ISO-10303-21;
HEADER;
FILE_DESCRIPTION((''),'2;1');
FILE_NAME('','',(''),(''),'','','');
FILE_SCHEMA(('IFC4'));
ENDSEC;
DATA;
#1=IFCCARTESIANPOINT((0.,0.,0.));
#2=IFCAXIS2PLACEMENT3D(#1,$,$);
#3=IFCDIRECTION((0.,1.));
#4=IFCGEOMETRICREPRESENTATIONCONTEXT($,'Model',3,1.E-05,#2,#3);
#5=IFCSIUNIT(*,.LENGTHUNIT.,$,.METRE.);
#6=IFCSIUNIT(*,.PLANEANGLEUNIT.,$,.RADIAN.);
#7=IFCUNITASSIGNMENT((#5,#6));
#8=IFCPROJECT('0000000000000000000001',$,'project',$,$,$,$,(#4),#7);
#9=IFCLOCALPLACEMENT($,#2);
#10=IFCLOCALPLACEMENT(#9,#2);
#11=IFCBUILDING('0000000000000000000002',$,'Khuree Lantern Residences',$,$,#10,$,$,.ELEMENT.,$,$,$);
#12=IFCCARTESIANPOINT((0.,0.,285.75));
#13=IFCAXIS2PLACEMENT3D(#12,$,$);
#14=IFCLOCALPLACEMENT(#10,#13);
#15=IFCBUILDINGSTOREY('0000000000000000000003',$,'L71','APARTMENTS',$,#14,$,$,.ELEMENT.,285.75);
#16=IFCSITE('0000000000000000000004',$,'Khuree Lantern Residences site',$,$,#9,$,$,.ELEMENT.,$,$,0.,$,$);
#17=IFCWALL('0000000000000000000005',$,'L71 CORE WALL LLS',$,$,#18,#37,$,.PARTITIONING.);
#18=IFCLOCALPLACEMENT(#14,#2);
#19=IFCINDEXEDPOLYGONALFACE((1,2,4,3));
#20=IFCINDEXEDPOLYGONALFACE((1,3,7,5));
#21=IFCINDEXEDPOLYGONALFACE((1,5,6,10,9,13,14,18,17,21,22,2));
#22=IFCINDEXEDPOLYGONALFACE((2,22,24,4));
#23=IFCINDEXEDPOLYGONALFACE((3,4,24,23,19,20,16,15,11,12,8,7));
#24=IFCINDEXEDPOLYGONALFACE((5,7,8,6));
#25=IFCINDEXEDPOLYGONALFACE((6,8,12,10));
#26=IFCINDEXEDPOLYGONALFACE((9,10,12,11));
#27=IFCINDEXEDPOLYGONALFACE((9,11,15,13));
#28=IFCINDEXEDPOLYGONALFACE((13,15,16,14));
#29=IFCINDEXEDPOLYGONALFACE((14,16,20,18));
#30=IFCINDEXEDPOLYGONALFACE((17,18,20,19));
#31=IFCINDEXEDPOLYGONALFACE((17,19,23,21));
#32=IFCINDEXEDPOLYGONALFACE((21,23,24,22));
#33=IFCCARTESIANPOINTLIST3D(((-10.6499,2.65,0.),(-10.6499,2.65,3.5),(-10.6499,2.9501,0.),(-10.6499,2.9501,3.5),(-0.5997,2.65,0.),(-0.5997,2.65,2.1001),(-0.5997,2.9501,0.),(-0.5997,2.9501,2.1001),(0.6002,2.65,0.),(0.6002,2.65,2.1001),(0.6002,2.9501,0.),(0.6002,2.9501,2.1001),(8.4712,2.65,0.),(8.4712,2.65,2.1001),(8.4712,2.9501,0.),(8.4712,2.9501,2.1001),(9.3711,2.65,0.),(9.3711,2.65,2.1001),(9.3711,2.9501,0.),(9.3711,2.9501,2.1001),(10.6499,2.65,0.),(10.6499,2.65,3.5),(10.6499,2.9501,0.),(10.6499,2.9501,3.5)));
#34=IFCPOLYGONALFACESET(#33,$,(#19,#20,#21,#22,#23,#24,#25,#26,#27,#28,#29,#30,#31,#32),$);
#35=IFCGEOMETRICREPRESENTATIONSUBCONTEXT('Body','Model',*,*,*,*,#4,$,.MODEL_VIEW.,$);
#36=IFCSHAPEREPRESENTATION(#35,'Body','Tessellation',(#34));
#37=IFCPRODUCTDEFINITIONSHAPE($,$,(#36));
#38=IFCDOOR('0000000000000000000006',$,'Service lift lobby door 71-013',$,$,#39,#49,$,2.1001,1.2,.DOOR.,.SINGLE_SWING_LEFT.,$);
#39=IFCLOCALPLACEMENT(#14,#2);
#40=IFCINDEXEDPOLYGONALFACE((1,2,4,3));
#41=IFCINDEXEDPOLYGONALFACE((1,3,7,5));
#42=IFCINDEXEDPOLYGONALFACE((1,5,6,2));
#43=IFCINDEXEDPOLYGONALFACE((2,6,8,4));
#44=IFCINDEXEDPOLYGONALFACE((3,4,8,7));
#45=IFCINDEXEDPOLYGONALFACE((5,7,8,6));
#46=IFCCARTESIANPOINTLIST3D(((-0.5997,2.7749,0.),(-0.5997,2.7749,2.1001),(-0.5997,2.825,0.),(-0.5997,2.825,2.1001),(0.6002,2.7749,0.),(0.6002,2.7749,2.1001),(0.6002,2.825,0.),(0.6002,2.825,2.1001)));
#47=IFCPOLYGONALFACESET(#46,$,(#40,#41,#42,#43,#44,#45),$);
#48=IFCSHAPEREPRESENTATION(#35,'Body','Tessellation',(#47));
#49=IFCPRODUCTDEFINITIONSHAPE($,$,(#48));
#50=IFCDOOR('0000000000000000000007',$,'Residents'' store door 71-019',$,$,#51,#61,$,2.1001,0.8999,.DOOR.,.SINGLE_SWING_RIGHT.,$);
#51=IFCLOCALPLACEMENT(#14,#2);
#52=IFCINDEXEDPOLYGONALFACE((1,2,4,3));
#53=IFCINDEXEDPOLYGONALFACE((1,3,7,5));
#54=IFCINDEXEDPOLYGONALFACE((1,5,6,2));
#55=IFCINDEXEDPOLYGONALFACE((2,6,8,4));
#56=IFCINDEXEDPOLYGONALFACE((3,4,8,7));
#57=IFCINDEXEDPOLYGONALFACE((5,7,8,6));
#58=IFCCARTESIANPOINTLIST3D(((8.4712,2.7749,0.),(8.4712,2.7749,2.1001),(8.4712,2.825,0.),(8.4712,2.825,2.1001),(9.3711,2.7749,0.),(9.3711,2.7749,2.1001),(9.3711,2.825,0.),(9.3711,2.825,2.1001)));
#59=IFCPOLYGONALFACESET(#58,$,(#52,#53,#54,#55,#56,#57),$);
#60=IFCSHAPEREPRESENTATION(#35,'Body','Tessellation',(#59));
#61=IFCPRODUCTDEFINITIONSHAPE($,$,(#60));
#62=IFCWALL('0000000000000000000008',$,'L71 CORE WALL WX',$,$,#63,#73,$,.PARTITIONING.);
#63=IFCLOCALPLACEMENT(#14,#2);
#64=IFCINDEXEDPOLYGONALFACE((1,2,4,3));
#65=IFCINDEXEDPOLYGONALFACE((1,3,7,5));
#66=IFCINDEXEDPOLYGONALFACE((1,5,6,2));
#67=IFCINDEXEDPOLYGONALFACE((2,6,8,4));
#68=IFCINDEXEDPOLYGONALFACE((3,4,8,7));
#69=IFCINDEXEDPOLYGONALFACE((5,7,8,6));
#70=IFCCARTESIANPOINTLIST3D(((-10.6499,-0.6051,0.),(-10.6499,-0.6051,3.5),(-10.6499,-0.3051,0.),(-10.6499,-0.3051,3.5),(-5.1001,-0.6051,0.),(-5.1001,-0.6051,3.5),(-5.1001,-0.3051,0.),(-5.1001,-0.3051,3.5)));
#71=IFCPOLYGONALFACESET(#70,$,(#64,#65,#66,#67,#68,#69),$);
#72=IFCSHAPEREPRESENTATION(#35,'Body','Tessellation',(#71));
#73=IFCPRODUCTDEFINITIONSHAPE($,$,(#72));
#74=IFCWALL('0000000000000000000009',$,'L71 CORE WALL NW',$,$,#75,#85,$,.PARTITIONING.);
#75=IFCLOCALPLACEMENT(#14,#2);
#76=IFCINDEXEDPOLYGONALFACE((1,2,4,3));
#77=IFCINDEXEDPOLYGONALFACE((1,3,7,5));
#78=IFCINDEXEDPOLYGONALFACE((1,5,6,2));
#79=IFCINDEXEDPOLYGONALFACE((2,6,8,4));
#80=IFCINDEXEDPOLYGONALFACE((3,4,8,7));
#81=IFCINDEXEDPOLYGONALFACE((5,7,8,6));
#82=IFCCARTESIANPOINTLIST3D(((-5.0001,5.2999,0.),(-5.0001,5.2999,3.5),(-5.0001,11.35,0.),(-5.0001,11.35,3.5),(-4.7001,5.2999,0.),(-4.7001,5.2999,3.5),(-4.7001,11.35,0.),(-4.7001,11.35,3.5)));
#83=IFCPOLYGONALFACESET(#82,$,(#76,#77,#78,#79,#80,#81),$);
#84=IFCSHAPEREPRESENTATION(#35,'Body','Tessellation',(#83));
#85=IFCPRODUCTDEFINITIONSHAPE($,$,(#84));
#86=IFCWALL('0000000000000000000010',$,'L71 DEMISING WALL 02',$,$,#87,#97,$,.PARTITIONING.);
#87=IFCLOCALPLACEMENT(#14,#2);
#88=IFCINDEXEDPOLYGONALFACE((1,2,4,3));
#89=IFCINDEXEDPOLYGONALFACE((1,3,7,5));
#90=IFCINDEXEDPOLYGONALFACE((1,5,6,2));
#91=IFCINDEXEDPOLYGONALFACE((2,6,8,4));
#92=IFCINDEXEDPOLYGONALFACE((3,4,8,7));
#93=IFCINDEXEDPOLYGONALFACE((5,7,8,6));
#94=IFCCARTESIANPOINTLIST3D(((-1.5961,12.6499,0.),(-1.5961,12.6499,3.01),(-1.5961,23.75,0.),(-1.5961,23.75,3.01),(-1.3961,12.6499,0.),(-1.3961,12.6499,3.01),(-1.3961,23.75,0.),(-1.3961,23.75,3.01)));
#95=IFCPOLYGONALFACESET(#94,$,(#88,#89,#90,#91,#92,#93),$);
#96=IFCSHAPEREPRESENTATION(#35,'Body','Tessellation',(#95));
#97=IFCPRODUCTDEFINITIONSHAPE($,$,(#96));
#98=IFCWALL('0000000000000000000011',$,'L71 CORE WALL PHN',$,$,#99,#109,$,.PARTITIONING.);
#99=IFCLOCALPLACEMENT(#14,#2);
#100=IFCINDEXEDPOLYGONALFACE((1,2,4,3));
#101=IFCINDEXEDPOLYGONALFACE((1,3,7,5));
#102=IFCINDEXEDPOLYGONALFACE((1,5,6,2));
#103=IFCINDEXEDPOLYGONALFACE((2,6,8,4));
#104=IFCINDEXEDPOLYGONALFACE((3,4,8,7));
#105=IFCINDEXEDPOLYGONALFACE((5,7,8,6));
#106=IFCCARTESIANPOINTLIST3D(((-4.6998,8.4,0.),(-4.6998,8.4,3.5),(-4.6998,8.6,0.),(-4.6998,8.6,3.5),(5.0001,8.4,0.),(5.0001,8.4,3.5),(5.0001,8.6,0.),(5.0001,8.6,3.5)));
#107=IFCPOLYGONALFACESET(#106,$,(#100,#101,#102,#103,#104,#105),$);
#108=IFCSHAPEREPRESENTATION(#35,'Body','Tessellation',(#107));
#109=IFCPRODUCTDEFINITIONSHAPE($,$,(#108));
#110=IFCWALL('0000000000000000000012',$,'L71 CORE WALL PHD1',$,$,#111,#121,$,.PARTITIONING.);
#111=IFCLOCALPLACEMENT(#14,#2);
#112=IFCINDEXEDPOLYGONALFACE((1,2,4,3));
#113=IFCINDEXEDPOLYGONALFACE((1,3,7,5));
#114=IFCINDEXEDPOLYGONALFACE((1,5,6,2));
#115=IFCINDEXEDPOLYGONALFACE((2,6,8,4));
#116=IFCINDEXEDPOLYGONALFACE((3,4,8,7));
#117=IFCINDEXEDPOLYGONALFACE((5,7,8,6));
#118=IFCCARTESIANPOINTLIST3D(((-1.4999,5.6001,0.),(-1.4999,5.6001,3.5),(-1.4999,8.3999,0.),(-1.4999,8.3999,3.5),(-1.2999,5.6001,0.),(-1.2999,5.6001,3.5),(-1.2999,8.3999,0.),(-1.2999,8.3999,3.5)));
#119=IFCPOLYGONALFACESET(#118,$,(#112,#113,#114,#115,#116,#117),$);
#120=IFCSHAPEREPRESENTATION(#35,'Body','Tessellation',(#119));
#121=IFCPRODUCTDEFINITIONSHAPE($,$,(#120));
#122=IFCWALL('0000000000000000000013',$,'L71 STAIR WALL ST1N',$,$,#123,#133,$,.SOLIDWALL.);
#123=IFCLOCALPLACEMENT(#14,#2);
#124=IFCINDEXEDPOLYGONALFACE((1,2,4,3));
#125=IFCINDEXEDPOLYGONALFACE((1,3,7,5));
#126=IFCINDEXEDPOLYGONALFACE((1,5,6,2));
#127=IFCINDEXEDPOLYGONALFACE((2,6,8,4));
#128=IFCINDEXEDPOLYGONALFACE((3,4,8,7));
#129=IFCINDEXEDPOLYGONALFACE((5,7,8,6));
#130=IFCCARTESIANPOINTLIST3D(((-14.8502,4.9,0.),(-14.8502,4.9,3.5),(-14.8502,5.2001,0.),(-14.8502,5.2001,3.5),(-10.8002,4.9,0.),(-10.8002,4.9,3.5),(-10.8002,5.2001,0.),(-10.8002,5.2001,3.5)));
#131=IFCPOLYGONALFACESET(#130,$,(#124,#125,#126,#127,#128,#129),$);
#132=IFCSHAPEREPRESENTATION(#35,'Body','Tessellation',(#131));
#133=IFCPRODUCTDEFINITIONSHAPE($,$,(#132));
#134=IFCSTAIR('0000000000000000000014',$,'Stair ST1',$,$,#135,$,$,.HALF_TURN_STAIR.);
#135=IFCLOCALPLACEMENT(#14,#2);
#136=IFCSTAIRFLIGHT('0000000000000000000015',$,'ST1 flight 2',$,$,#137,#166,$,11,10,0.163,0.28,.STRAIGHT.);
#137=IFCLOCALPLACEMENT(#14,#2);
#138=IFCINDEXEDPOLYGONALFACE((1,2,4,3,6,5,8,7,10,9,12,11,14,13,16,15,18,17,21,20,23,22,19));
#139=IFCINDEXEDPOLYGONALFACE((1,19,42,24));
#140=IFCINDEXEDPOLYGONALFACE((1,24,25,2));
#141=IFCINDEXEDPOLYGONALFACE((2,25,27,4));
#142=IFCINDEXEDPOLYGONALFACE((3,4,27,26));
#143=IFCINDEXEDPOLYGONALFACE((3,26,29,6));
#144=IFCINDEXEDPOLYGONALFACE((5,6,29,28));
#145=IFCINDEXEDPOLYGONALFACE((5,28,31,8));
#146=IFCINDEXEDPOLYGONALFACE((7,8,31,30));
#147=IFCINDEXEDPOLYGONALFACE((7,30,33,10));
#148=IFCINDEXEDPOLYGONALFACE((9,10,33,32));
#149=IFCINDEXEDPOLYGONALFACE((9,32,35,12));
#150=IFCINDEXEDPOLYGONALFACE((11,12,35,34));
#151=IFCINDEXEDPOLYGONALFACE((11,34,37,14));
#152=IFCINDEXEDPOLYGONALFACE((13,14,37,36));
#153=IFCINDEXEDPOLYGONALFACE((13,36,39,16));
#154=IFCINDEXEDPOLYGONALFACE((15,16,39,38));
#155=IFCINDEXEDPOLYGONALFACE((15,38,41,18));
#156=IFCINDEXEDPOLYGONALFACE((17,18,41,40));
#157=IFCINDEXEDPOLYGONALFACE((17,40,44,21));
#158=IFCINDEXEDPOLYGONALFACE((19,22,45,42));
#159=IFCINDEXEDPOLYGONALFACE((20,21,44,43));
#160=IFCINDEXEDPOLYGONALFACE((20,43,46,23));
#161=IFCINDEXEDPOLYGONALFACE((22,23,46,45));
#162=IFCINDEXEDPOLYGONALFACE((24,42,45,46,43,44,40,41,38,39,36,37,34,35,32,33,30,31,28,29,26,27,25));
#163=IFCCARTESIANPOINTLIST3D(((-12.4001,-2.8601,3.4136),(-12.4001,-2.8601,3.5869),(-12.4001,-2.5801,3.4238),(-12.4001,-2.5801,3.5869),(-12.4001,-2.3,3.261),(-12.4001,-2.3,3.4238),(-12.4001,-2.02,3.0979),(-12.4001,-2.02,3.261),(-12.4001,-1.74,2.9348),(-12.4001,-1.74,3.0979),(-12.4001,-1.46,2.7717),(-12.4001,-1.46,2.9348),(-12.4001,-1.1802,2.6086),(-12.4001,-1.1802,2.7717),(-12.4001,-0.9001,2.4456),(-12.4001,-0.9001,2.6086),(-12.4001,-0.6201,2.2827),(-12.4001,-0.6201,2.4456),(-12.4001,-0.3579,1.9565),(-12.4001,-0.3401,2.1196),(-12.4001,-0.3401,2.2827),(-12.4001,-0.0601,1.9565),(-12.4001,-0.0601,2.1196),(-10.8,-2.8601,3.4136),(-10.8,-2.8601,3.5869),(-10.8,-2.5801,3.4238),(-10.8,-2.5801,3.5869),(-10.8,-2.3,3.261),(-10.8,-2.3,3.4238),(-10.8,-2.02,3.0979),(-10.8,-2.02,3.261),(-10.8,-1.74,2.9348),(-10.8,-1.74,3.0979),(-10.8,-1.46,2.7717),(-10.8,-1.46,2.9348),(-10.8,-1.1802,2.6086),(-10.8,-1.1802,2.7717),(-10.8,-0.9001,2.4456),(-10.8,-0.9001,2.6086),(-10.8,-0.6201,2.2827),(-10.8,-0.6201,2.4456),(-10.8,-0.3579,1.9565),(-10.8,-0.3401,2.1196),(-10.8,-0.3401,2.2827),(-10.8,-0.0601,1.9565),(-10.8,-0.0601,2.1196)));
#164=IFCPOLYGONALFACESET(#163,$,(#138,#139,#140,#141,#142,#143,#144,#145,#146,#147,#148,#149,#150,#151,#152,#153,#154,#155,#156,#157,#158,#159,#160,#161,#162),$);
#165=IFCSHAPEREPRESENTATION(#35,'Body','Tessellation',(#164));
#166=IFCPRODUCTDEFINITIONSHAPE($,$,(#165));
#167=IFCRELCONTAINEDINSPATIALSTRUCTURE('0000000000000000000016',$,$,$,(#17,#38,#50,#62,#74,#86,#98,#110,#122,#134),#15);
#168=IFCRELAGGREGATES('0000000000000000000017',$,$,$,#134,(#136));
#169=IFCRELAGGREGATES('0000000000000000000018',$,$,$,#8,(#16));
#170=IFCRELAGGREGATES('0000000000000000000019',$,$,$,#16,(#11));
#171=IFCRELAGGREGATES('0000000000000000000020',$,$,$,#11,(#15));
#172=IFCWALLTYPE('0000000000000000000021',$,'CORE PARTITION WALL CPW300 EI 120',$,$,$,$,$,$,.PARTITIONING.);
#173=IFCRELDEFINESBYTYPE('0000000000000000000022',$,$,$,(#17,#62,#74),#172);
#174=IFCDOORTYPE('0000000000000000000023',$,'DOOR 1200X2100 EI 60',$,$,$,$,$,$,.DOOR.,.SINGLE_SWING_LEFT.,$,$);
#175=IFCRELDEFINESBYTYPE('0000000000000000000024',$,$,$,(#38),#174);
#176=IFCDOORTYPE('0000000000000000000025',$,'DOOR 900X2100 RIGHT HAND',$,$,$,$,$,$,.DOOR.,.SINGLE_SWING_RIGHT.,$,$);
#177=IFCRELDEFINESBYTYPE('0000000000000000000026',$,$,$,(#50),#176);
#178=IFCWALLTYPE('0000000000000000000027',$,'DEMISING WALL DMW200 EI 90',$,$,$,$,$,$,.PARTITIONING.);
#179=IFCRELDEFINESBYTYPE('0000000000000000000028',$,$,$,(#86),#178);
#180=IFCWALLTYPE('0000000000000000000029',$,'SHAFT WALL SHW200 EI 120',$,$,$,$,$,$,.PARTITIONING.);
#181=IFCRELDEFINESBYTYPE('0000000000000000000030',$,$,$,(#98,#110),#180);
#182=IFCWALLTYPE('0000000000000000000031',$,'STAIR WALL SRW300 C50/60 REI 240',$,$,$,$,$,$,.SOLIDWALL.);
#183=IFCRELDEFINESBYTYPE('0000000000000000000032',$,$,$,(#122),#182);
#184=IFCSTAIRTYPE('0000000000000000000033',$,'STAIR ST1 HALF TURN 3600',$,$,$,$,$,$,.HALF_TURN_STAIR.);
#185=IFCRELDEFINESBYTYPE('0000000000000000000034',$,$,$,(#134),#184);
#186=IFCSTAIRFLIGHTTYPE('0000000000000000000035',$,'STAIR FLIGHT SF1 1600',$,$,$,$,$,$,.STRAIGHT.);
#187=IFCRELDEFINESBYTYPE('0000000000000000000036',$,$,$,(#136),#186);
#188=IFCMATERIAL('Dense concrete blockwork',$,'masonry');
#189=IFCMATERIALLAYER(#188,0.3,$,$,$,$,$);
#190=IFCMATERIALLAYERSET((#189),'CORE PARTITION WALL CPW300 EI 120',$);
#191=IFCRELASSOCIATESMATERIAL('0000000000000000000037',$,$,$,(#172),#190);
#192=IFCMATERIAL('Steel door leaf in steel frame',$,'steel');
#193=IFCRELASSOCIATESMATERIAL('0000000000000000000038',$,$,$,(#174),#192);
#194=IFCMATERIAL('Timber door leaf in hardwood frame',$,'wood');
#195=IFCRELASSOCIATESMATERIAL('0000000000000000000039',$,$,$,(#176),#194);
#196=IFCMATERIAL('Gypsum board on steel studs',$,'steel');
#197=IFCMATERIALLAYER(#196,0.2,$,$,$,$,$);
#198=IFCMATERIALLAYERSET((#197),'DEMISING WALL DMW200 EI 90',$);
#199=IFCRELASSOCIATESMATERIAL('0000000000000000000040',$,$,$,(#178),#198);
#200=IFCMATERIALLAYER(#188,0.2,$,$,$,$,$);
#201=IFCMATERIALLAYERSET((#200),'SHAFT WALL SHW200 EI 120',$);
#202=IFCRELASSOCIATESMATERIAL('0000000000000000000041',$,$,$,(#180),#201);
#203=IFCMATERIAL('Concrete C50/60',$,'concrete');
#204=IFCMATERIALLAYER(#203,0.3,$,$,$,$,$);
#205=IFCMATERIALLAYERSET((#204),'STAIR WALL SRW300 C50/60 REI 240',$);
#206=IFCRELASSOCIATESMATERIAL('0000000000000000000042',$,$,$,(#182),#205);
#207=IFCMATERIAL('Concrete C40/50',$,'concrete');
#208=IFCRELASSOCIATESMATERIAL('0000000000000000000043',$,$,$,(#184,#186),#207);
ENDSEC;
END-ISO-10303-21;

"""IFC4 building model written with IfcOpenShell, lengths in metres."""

from ifc_helpers import new_model, si_unit, direction, frame, frame_2d, origin, place, context, subcontext, project, spatial, polyline, rectangle, outline, extrude, material, layer, layer_set, type_object, element, fill, aggregate, save


model = new_model("IFC4")

# Units and contexts
model_context = context("Model", 3, precision=1e-05, world=origin(), true_north=direction((0.0, 1.0)))
body_context = subcontext(model_context, "Body", "Model", "MODEL_VIEW")
ifc_project = project(units=[si_unit("LENGTHUNIT", "METRE"), si_unit("PLANEANGLEUNIT", "RADIAN")], contexts=[model_context])

# Site, building, storey
site_placement = place(None, origin())
site = spatial("IfcSite", under=ifc_project, at=site_placement, Name="Khuree Lantern Residences site", CompositionType="ELEMENT", RefElevation=0.0)
building_placement = place(site_placement, origin())
building = spatial("IfcBuilding", under=site, at=building_placement, Name="Khuree Lantern Residences", CompositionType="ELEMENT")
storey_placement = place(building_placement, frame((0.0, 0.0, 285.75)))
storey = spatial("IfcBuildingStorey", under=building, at=storey_placement, Name="L71", Description="APARTMENTS", CompositionType="ELEMENT", Elevation=285.75)

# Shared definitions
ifc_material_1 = material(Name="Timber door leaf in hardwood frame", Category="wood")

# Shared definitions
ifc_material_2 = material(Name="Dense concrete blockwork", Category="masonry")
ifc_layer_1 = layer(ifc_material_2, 0.3)
ifc_layer_set_1 = layer_set([ifc_layer_1], Name="CORE PARTITION WALL CPW300 EI 120")
wall_type_1 = type_object("IfcWallType", Name="CORE PARTITION WALL CPW300 EI 120", PredefinedType="PARTITIONING", material=ifc_layer_set_1)

# Wall, openings, doors
wall_1_placement = place(storey_placement, frame((-10.6499, 2.8, 0.0), z_axis=(0.0, 0.0, 1.0), x_axis=(1.0, 0.0, 0.0)))
wall_1 = element("IfcWall", 1, at=wall_1_placement, inside=storey, type_object=wall_type_1, Name="L71 CORE WALL LLS", PredefinedType="PARTITIONING", context=body_context, shape_type="SweptSolid", body=[
    extrude(rectangle(XDim=21.2998, YDim=0.3, at=frame_2d((10.6499, 0.0))), origin(), (0.0, 0.0, 1.0), 3.5),
])
opening_1_placement = place(wall_1_placement, frame((10.05, 0.0, 0.0)))
opening_1 = element("IfcOpeningElement", 2, at=opening_1_placement, cuts=wall_1, PredefinedType="OPENING", context=body_context, shape_type="SweptSolid", body=[
    extrude(rectangle(XDim=1.2, YDim=2.1001, at=frame_2d((0.6001, 1.05))), frame((0.0, 0.1602, 0.0), z_axis=(0.0, -1.0, 0.0), x_axis=(1.0, 0.0, 0.0)), (0.0, 0.0, 1.0), 0.3201),
])
opening_2_placement = place(wall_1_placement, frame((19.1211, 0.0, 0.0)))
opening_2 = element("IfcOpeningElement", 3, at=opening_2_placement, cuts=wall_1, PredefinedType="OPENING", context=body_context, shape_type="SweptSolid", body=[
    extrude(rectangle(XDim=0.8999, YDim=2.1001, at=frame_2d((0.45, 1.05))), frame((0.0, 0.1602, 0.0), z_axis=(0.0, -1.0, 0.0), x_axis=(1.0, 0.0, 0.0)), (0.0, 0.0, 1.0), 0.3201),
])
ifc_material_3 = material(Name="Steel door leaf in steel frame", Category="steel")
door_type_1 = type_object("IfcDoorType", Name="DOOR 1200X2100 EI 60", OperationType="SINGLE_SWING_LEFT", PredefinedType="DOOR", material=ifc_material_3)
door_1_placement = place(opening_1_placement, origin())
door_1 = element("IfcDoor", 4, at=door_1_placement, inside=storey, type_object=door_type_1, Name="Service lift lobby door 71-013", OperationType="SINGLE_SWING_LEFT", OverallHeight=2.1001, OverallWidth=1.2, PredefinedType="DOOR", context=body_context, shape_type="SweptSolid", body=[
    extrude(rectangle(XDim=1.2, YDim=2.1001, at=frame_2d((0.6001, 1.05))), frame((0.0, 0.0249, 0.0), z_axis=(0.0, -1.0, 0.0), x_axis=(1.0, 0.0, 0.0)), (0.0, 0.0, 1.0), 0.05),
])
fill(opening_1, door_1)
door_type_2 = type_object("IfcDoorType", Name="DOOR 900X2100 RIGHT HAND", OperationType="SINGLE_SWING_RIGHT", PredefinedType="DOOR", material=ifc_material_1)
door_2_placement = place(opening_2_placement, origin())
door_2 = element("IfcDoor", 5, at=door_2_placement, inside=storey, type_object=door_type_2, Name="Residents' store door 71-019", OperationType="SINGLE_SWING_RIGHT", OverallHeight=2.1001, OverallWidth=0.8999, PredefinedType="DOOR", context=body_context, shape_type="SweptSolid", body=[
    extrude(rectangle(XDim=0.8999, YDim=2.1001, at=frame_2d((0.45, 1.05))), frame((0.0, 0.0249, 0.0), z_axis=(0.0, -1.0, 0.0), x_axis=(1.0, 0.0, 0.0)), (0.0, 0.0, 1.0), 0.05),
])
fill(opening_2, door_2)

# Walls
wall_2_placement = place(storey_placement, frame((-10.6499, -0.4551, 0.0), z_axis=(0.0, 0.0, 1.0), x_axis=(1.0, 0.0, 0.0)))
element("IfcWall", 6, at=wall_2_placement, inside=storey, type_object=wall_type_1, Name="L71 CORE WALL WX", PredefinedType="PARTITIONING", context=body_context, shape_type="SweptSolid", body=[
    extrude(rectangle(XDim=5.5498, YDim=0.3, at=frame_2d((2.7749, 0.0))), origin(), (0.0, 0.0, 1.0), 3.5),
])
wall_3_placement = place(storey_placement, frame((-4.8501, 5.3, 0.0), z_axis=(0.0, 0.0, 1.0), x_axis=(0.0, 1.0, 0.0)))
element("IfcWall", 7, at=wall_3_placement, inside=storey, type_object=wall_type_1, Name="L71 CORE WALL NW", PredefinedType="PARTITIONING", context=body_context, shape_type="SweptSolid", body=[
    extrude(rectangle(XDim=6.05, YDim=0.3, at=frame_2d((3.0249, 0.0))), origin(), (0.0, 0.0, 1.0), 3.5),
])
ifc_material_4 = material(Name="Gypsum board on steel studs", Category="steel")
ifc_layer_2 = layer(ifc_material_4, 0.2)
ifc_layer_set_2 = layer_set([ifc_layer_2], Name="DEMISING WALL DMW200 EI 90")
wall_type_2 = type_object("IfcWallType", Name="DEMISING WALL DMW200 EI 90", PredefinedType="PARTITIONING", material=ifc_layer_set_2)
wall_4_placement = place(storey_placement, frame((-1.4961, 12.6499, 0.0), z_axis=(0.0, 0.0, 1.0), x_axis=(0.0, 1.0, 0.0)))
element("IfcWall", 8, at=wall_4_placement, inside=storey, type_object=wall_type_2, Name="L71 DEMISING WALL 02", PredefinedType="PARTITIONING", context=body_context, shape_type="SweptSolid", body=[
    extrude(rectangle(XDim=11.1001, YDim=0.2, at=frame_2d((5.55, 0.0))), origin(), (0.0, 0.0, 1.0), 3.01),
])
ifc_layer_3 = layer(ifc_material_2, 0.2)
ifc_layer_set_3 = layer_set([ifc_layer_3], Name="SHAFT WALL SHW200 EI 120")
wall_type_3 = type_object("IfcWallType", Name="SHAFT WALL SHW200 EI 120", PredefinedType="PARTITIONING", material=ifc_layer_set_3)
wall_5_placement = place(storey_placement, frame((-4.7, 8.5, 0.0), z_axis=(0.0, 0.0, 1.0), x_axis=(1.0, 0.0, 0.0)))
element("IfcWall", 9, at=wall_5_placement, inside=storey, type_object=wall_type_3, Name="L71 CORE WALL PHN", PredefinedType="PARTITIONING", context=body_context, shape_type="SweptSolid", body=[
    extrude(rectangle(XDim=9.7, YDim=0.2, at=frame_2d((4.8501, 0.0))), origin(), (0.0, 0.0, 1.0), 3.5),
])
wall_6_placement = place(storey_placement, frame((-1.3999, 5.6001, 0.0), z_axis=(0.0, 0.0, 1.0), x_axis=(0.0, 1.0, 0.0)))
element("IfcWall", 10, at=wall_6_placement, inside=storey, type_object=wall_type_3, Name="L71 CORE WALL PHD1", PredefinedType="PARTITIONING", context=body_context, shape_type="SweptSolid", body=[
    extrude(rectangle(XDim=2.7998, YDim=0.2, at=frame_2d((1.3999, 0.0))), origin(), (0.0, 0.0, 1.0), 3.5),
])
ifc_material_5 = material(Name="Concrete C50/60", Category="concrete")
ifc_layer_4 = layer(ifc_material_5, 0.3)
ifc_layer_set_4 = layer_set([ifc_layer_4], Name="STAIR WALL SRW300 C50/60 REI 240")
wall_type_4 = type_object("IfcWallType", Name="STAIR WALL SRW300 C50/60 REI 240", PredefinedType="SOLIDWALL", material=ifc_layer_set_4)
wall_7_placement = place(storey_placement, frame((-14.8501, 5.05, 0.0), z_axis=(0.0, 0.0, 1.0), x_axis=(1.0, 0.0, 0.0)))
element("IfcWall", 11, at=wall_7_placement, inside=storey, type_object=wall_type_4, Name="L71 STAIR WALL ST1N", PredefinedType="SOLIDWALL", context=body_context, shape_type="SweptSolid", body=[
    extrude(rectangle(XDim=4.05, YDim=0.3, at=frame_2d((2.0249, 0.0))), origin(), (0.0, 0.0, 1.0), 3.5),
])

# Stair, stair flight
ifc_material_6 = material(Name="Concrete C40/50", Category="concrete")
stair_type = type_object("IfcStairType", Name="STAIR ST1 HALF TURN 3600", PredefinedType="HALF_TURN_STAIR", material=ifc_material_6)
stair_placement = place(storey_placement, origin())
stair = element("IfcStair", 12, at=stair_placement, inside=storey, type_object=stair_type, Name="Stair ST1", PredefinedType="HALF_TURN_STAIR")
stair_flight_type = type_object("IfcStairFlightType", Name="STAIR FLIGHT SF1 1600", PredefinedType="STRAIGHT", material=ifc_material_6)
stair_flight_placement = place(storey_placement, frame((-11.6001, -0.0601, 1.9565), z_axis=(0.0, 0.0, 1.0), x_axis=(0.0, -1.0, 0.0)))
stair_flight = element("IfcStairFlight", 13, at=stair_flight_placement, type_object=stair_flight_type, Name="ST1 flight 2", NumberOfRisers=11, NumberOfTreads=10, PredefinedType="STRAIGHT", RiserHeight=0.163, TreadLength=0.28, context=body_context, shape_type="SweptSolid", body=[
    extrude(outline(polyline([(0.0, 0.0), (0.0, 0.1631), (0.28, 0.1631), (0.28, 0.3262), (0.5601, 0.3262), (0.5601, 0.489), (0.8401, 0.489), (0.8401, 0.6521), (1.1201, 0.6521), (1.1201, 0.8152), (1.3999, 0.8152), (1.3999, 0.9783), (1.6799, 0.9783), (1.6799, 1.1414), (1.96, 1.1414), (1.96, 1.3044), (2.24, 1.3044), (2.24, 1.4673), (2.52, 1.4673), (2.52, 1.6304), (2.8, 1.6304), (2.8, 1.7935), (2.8, 1.457), (0.2979, 0.0), (0.0, 0.0)])), frame((0.0, 0.8, 0.0), z_axis=(0.0, -1.0, 0.0), x_axis=(1.0, 0.0, 0.0)), (0.0, 0.0, 1.0), 1.6001),
])
aggregate(stair, [stair_flight])

save(model, "model.ifc")
